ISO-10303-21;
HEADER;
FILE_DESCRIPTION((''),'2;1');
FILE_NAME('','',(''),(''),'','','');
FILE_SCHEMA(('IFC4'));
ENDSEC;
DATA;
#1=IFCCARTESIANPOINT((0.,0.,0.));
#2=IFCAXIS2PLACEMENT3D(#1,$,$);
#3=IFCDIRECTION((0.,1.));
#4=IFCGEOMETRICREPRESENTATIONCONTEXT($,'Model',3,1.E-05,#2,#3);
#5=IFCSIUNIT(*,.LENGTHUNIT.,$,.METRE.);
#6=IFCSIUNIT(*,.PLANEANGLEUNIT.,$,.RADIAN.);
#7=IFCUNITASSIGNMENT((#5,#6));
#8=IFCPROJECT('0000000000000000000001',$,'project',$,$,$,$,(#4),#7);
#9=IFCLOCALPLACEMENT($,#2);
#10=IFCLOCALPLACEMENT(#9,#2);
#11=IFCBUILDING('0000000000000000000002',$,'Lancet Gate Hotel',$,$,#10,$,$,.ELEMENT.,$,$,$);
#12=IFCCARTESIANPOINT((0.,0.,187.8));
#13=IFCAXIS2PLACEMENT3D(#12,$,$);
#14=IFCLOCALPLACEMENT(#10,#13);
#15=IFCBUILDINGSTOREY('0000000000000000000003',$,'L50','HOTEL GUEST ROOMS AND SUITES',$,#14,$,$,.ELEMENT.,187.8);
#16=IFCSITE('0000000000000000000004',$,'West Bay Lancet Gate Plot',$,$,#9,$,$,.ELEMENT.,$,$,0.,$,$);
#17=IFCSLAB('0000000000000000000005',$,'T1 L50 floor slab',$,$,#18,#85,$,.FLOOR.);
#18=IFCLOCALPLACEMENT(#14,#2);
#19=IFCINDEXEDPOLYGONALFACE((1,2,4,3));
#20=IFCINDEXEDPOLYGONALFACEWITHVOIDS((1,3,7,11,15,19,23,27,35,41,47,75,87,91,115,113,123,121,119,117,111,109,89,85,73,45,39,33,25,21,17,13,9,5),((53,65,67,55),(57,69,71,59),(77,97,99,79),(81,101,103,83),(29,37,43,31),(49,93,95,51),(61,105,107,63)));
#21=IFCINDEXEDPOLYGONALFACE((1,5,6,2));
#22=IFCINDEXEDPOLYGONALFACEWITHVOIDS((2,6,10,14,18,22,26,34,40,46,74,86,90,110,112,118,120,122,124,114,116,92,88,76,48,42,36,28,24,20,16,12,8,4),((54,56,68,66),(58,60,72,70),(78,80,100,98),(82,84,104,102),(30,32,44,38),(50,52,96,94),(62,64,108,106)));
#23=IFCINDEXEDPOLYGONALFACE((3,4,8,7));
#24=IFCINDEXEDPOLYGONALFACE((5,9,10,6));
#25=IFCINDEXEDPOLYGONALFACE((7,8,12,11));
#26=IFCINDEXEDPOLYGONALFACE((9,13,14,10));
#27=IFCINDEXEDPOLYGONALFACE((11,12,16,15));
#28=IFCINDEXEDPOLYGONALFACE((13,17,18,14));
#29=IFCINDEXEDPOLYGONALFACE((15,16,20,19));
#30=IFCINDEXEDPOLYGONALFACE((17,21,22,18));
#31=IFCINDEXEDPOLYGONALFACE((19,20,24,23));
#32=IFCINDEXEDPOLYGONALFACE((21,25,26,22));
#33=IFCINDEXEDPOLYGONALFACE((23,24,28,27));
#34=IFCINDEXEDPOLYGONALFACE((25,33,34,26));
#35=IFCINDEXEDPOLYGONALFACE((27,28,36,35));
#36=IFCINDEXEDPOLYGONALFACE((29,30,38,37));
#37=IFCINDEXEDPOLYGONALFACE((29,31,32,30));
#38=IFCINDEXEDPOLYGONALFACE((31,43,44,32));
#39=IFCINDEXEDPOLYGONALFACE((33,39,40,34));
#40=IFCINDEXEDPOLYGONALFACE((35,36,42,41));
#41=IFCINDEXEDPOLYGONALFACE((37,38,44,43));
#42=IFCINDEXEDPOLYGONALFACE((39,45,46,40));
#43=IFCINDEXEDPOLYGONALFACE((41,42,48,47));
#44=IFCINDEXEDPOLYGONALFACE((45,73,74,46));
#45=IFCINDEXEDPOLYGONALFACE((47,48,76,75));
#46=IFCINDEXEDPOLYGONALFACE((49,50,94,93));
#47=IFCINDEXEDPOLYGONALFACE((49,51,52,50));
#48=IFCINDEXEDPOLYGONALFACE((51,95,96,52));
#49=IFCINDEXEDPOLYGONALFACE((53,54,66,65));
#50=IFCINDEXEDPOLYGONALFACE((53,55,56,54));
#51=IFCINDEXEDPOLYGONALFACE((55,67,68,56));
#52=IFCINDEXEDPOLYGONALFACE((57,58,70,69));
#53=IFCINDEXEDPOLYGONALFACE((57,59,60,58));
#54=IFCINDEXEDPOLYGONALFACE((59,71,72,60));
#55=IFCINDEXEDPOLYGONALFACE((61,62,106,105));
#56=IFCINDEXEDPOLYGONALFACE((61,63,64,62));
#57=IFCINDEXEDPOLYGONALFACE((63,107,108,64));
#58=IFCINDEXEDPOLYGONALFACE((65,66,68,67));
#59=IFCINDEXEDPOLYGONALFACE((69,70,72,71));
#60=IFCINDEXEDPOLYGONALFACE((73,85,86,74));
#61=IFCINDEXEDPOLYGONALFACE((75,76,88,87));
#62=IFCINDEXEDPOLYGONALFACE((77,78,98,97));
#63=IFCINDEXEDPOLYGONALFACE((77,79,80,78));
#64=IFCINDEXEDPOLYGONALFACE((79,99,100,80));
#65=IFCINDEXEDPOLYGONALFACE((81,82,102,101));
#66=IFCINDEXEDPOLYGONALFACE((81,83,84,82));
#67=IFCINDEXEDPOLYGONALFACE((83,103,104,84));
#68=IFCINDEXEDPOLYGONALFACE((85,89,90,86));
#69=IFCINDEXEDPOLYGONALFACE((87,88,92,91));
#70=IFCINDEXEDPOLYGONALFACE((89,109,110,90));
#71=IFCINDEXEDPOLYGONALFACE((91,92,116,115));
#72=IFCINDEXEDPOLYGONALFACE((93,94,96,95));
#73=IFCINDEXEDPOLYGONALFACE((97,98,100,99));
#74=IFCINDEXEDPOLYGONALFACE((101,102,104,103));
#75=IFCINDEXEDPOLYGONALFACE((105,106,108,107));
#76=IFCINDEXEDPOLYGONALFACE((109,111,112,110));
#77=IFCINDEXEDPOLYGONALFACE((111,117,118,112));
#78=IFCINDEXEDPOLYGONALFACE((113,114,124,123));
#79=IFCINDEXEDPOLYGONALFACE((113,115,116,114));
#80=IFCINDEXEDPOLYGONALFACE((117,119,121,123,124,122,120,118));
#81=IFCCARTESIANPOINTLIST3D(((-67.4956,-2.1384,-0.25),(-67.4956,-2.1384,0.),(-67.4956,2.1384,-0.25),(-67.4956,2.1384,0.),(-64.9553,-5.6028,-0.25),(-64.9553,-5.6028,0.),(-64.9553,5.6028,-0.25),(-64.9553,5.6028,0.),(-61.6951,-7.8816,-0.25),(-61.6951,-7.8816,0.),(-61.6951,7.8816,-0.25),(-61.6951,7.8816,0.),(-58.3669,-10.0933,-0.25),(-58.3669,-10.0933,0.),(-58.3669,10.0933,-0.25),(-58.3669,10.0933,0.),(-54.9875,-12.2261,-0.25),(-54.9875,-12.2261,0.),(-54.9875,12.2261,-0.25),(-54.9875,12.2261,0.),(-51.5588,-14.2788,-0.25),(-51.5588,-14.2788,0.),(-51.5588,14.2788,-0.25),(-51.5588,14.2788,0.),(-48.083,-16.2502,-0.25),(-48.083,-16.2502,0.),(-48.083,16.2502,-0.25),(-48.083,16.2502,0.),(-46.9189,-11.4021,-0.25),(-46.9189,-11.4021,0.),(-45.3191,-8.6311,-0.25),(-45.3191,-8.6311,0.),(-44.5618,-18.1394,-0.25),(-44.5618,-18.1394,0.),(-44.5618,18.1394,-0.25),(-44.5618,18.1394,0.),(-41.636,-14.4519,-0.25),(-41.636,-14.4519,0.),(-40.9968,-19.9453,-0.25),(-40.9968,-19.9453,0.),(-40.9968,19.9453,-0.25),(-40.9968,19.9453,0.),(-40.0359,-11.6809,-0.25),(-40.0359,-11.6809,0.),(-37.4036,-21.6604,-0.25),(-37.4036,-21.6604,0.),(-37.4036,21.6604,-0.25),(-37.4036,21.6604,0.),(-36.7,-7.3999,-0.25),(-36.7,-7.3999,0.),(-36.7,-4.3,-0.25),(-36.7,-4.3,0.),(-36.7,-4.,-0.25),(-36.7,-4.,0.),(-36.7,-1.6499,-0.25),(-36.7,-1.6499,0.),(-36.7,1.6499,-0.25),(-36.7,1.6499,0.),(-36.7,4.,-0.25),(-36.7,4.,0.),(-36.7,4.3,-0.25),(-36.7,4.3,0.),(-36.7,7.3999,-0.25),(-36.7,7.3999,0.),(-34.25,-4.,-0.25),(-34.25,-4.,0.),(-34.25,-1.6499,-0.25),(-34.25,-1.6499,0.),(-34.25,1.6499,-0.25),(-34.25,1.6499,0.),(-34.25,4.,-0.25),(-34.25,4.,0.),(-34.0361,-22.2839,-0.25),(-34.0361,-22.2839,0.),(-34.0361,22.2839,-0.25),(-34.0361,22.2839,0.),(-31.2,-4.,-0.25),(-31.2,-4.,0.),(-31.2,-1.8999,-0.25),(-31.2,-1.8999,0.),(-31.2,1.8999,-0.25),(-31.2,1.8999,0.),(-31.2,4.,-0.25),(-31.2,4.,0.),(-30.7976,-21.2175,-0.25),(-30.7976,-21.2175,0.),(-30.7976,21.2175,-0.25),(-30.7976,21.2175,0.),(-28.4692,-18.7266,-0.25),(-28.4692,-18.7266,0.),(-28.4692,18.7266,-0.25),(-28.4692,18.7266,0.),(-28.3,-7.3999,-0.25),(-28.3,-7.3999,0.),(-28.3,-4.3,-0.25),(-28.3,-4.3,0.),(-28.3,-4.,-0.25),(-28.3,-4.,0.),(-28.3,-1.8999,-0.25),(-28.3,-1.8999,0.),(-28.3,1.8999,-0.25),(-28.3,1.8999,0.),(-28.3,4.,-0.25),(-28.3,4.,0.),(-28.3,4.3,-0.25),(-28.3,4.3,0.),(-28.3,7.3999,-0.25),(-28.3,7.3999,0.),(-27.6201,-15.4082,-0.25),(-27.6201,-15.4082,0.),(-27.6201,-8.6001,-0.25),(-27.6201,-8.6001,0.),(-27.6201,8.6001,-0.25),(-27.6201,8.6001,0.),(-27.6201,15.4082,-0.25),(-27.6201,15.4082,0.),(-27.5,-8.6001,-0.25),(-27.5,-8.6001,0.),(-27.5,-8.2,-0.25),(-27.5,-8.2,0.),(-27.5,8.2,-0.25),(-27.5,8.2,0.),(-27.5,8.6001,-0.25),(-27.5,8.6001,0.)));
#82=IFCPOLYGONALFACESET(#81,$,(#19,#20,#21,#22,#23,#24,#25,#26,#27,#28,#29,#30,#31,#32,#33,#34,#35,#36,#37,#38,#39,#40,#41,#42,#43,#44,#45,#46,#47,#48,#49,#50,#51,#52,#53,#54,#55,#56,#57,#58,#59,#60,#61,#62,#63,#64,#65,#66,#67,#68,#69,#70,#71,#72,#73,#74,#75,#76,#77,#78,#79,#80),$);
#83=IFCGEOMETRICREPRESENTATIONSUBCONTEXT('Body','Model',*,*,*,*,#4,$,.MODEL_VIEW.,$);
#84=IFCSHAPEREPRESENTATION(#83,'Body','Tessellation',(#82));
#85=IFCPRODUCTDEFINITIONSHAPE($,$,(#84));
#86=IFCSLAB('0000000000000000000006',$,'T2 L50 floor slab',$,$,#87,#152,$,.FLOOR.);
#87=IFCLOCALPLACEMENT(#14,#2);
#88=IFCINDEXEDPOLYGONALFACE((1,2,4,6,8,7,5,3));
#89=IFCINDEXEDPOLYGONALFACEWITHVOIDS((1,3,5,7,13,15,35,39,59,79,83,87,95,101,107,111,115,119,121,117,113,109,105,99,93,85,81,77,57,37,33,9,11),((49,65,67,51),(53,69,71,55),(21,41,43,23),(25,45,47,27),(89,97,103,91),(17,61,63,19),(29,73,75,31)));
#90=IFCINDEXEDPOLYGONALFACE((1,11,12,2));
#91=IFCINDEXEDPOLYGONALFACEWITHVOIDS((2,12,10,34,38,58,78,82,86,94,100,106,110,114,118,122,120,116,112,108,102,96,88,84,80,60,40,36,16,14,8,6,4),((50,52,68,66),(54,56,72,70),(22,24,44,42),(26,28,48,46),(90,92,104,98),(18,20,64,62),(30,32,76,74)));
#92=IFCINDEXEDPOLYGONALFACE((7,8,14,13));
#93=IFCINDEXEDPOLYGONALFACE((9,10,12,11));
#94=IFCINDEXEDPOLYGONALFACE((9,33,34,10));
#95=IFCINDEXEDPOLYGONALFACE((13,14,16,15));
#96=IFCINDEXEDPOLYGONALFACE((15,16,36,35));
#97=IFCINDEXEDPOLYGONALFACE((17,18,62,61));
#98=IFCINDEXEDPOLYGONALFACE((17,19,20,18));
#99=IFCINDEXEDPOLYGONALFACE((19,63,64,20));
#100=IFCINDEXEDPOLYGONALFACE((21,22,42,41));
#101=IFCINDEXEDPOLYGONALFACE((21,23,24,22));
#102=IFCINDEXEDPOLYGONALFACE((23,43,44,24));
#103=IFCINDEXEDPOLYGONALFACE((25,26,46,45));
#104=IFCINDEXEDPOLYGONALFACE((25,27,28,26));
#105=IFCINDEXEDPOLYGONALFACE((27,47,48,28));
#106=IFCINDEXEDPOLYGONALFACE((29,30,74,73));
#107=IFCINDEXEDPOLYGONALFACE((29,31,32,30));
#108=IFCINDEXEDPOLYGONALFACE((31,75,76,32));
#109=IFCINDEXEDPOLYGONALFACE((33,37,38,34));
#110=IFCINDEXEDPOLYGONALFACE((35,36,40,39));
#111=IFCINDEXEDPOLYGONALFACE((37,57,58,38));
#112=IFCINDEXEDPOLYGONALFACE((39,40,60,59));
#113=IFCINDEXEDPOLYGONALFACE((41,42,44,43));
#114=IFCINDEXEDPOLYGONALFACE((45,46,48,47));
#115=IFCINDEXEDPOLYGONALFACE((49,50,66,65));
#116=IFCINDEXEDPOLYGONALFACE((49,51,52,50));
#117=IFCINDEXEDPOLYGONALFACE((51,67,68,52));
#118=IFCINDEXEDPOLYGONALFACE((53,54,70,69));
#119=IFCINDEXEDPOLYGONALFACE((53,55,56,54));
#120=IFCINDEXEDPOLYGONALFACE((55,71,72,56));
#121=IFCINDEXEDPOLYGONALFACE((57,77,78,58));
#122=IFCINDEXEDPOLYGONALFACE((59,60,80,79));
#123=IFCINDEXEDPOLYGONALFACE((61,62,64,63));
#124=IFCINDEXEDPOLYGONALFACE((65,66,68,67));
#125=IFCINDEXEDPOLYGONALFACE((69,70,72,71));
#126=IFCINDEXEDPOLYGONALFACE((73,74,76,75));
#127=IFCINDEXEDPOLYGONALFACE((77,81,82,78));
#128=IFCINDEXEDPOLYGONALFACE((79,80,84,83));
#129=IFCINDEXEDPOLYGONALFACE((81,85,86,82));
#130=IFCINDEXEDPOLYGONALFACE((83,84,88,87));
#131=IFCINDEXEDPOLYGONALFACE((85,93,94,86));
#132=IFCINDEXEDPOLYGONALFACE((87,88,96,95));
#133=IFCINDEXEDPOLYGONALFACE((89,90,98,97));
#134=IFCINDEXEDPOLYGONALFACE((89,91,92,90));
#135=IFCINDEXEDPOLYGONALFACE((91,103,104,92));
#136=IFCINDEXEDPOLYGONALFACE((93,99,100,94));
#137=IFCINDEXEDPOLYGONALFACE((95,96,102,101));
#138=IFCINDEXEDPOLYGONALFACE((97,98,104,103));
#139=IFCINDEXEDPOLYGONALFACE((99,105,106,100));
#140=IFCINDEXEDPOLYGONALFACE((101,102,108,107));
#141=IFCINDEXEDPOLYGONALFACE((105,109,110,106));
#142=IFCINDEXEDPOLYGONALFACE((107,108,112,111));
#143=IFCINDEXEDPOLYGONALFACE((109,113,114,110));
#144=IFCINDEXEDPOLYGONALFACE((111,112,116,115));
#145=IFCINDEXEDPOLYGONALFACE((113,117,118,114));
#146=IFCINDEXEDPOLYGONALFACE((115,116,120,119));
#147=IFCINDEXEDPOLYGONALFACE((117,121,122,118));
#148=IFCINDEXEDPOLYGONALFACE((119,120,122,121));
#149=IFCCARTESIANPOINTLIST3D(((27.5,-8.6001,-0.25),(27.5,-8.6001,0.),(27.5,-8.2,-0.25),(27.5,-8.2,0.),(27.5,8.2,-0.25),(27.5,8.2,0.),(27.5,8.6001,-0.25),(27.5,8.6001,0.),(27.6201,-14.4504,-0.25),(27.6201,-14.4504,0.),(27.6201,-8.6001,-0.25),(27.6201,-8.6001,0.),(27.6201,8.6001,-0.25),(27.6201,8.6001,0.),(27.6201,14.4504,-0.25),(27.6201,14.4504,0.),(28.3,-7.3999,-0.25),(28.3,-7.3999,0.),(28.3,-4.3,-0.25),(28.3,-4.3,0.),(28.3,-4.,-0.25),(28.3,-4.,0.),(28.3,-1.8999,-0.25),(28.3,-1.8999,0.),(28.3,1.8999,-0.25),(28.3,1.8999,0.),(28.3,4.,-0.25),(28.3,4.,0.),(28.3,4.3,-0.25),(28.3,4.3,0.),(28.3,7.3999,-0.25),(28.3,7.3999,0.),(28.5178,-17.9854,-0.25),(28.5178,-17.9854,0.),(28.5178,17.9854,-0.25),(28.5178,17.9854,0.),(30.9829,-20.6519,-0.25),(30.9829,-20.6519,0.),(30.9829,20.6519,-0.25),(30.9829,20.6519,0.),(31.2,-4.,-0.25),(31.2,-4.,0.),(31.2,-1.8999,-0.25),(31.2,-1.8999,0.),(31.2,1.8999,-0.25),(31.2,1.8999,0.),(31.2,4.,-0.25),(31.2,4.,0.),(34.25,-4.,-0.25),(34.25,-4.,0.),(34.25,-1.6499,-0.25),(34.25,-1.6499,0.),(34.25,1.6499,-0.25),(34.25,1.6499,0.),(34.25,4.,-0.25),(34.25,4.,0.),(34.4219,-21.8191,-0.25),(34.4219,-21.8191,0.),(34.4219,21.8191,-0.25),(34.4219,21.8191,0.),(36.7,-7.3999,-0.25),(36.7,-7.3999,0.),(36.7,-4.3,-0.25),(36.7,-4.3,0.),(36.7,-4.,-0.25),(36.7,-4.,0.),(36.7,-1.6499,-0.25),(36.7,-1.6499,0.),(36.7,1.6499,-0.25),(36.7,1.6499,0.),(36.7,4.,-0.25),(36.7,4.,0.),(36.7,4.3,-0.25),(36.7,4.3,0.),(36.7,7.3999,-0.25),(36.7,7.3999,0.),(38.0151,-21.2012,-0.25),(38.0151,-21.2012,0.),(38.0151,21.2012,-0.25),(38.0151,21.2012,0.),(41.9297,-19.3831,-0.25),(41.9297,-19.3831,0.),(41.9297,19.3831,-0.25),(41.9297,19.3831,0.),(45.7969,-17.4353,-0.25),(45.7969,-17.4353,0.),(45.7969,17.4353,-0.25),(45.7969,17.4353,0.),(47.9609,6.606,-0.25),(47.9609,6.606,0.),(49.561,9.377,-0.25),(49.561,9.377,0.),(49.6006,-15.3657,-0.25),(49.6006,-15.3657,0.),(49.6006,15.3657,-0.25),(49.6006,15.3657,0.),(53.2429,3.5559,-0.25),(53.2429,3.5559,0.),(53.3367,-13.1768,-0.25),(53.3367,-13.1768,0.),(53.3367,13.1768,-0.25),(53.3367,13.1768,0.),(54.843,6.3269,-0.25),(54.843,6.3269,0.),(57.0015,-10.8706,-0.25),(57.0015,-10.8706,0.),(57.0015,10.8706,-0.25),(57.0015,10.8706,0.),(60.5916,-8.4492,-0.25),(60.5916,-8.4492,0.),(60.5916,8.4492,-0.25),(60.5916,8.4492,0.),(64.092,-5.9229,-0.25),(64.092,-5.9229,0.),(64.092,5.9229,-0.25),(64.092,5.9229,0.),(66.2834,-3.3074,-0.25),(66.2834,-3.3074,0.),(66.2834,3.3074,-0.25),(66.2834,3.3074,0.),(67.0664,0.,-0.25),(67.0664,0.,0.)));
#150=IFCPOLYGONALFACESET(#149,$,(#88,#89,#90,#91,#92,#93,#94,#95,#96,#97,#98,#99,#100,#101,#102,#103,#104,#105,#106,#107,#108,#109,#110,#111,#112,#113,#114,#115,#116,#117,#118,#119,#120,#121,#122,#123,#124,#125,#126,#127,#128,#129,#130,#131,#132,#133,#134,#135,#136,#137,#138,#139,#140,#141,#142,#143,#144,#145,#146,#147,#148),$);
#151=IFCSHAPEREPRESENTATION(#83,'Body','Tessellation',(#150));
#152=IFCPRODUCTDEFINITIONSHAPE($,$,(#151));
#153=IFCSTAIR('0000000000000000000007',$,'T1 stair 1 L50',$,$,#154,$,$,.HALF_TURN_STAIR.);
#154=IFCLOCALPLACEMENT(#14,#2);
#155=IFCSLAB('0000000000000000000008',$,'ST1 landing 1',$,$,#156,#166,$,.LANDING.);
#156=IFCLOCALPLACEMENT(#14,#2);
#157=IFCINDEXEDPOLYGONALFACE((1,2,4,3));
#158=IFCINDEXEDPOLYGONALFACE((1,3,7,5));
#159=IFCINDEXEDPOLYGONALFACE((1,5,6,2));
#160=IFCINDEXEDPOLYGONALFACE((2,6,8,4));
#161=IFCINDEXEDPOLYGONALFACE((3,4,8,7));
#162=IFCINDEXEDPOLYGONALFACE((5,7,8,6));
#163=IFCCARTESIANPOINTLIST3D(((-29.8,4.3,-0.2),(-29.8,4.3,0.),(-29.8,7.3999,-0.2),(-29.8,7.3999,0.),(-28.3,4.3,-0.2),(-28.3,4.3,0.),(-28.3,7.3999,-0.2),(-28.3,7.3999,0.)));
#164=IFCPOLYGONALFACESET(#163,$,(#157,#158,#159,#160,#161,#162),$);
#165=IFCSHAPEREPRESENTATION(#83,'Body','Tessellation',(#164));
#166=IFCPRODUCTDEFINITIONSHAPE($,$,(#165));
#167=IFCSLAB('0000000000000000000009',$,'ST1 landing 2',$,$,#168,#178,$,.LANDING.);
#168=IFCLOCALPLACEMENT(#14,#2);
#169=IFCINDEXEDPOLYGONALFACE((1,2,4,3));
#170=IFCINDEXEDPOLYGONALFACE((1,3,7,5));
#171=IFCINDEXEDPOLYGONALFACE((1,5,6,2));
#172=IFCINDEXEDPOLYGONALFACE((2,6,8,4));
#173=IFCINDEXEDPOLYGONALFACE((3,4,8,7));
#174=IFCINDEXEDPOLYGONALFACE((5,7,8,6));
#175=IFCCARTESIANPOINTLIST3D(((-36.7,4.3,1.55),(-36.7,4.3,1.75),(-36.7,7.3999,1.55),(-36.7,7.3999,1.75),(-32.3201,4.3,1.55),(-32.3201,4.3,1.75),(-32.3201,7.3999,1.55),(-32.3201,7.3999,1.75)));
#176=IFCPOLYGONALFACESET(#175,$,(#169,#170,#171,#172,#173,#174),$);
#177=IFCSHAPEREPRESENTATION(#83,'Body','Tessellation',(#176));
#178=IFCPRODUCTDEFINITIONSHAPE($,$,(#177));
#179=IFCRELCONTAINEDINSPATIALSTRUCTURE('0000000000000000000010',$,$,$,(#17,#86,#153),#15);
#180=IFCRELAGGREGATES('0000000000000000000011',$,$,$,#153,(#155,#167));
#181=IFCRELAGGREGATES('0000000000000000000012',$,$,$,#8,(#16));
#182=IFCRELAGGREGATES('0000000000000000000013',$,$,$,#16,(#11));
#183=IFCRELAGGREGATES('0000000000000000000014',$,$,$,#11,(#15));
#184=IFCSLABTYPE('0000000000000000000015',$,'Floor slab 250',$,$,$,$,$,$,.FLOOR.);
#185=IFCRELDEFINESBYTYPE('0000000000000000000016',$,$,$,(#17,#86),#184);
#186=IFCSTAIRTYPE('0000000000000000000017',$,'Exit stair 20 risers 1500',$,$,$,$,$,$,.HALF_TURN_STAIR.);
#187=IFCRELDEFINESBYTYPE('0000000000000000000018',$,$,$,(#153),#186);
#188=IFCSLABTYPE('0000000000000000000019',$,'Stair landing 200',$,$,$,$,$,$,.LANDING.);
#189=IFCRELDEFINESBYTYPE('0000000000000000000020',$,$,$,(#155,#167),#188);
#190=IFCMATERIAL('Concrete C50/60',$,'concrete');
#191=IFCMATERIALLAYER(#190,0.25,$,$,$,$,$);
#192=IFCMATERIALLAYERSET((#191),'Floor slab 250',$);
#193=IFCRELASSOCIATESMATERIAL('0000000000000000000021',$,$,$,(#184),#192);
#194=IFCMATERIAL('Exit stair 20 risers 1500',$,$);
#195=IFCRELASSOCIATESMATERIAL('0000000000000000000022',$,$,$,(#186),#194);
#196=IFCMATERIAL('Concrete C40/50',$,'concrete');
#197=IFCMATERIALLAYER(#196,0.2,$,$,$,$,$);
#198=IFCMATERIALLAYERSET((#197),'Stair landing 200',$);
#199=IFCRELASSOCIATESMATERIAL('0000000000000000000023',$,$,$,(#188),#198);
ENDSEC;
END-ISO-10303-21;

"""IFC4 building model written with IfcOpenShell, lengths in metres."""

from ifc_helpers import new_model, si_unit, direction, frame, origin, place, context, subcontext, project, spatial, polyline, outline, extrude, material, layer, layer_set, type_object, element, aggregate, save


model = new_model("IFC4")

# Units and contexts
model_context = context("Model", 3, precision=1e-05, world=origin(), true_north=direction((0.0, 1.0)))
body_context = subcontext(model_context, "Body", "Model", "MODEL_VIEW")
ifc_project = project(units=[si_unit("LENGTHUNIT", "METRE"), si_unit("PLANEANGLEUNIT", "RADIAN")], contexts=[model_context])

# Site, building, storey
site_placement = place(None, origin())
site = spatial("IfcSite", under=ifc_project, at=site_placement, Name="West Bay Lancet Gate Plot", CompositionType="ELEMENT", RefElevation=0.0)
building_placement = place(site_placement, origin())
building = spatial("IfcBuilding", under=site, at=building_placement, Name="Lancet Gate Hotel", CompositionType="ELEMENT")
storey_placement = place(building_placement, frame((0.0, 0.0, 187.8)))
storey = spatial("IfcBuildingStorey", under=building, at=storey_placement, Name="L50", Description="HOTEL GUEST ROOMS AND SUITES", CompositionType="ELEMENT", Elevation=187.8)

# Slabs
ifc_material_1 = material(Name="Concrete C50/60", Category="concrete")
ifc_layer_1 = layer(ifc_material_1, 0.25)
ifc_layer_set_1 = layer_set([ifc_layer_1], Name="Floor slab 250")
slab_type_1 = type_object("IfcSlabType", Name="Floor slab 250", PredefinedType="FLOOR", material=ifc_layer_set_1)
slab_1_placement = place(storey_placement, frame((0.0, 0.0, -0.25)))
element("IfcSlab", 1, at=slab_1_placement, inside=storey, type_object=slab_type_1, Name="T1 L50 floor slab", PredefinedType="FLOOR", context=body_context, shape_type="SweptSolid", body=[
    extrude(outline(polyline([(-27.5, 8.6001), (-27.6201, 8.6001), (-27.6201, 15.4082), (-28.4692, 18.7266), (-30.7976, 21.2175), (-34.0361, 22.2839), (-37.4036, 21.6604), (-40.9968, 19.9453), (-44.5618, 18.1394), (-48.083, 16.2502), (-51.5588, 14.2788), (-54.9875, 12.2261), (-58.3669, 10.0933), (-61.6951, 7.8816), (-64.9553, 5.6028), (-67.4956, 2.1384), (-67.4956, -2.1384), (-64.9553, -5.6028), (-61.6951, -7.8816), (-58.3669, -10.0933), (-54.9875, -12.2261), (-51.5588, -14.2788), (-48.083, -16.2502), (-44.5618, -18.1394), (-40.9968, -19.9453), (-37.4036, -21.6604), (-34.0361, -22.2839), (-30.7976, -21.2175), (-28.4692, -18.7266), (-27.6201, -15.4082), (-27.6201, -8.6001), (-27.5, -8.6001), (-27.5, -8.2), (-27.5, 8.2), (-27.5, 8.6001)]), holes=[polyline([(-36.7, 7.3999), (-36.7, 4.3), (-28.3, 4.3), (-28.3, 7.3999), (-36.7, 7.3999)]), polyline([(-28.3, 4.0), (-31.2, 4.0), (-31.2, 1.8999), (-28.3, 1.8999), (-28.3, 4.0)]), polyline([(-34.25, 4.0), (-36.7, 4.0), (-36.7, 1.6499), (-34.25, 1.6499), (-34.25, 4.0)]), polyline([(-36.7, -1.6499), (-36.7, -4.0), (-34.25, -4.0), (-34.25, -1.6499), (-36.7, -1.6499)]), polyline([(-28.3, -1.8999), (-31.2, -1.8999), (-31.2, -4.0), (-28.3, -4.0), (-28.3, -1.8999)]), polyline([(-28.3, -4.3), (-36.7, -4.3), (-36.7, -7.3999), (-28.3, -7.3999), (-28.3, -4.3)]), polyline([(-45.3191, -8.6311), (-46.9189, -11.4021), (-41.636, -14.4519), (-40.0359, -11.6809), (-45.3191, -8.6311)])]), origin(), (0.0, 0.0, 1.0), 0.25),
])
slab_2_placement = place(storey_placement, frame((0.0, 0.0, -0.25)))
element("IfcSlab", 2, at=slab_2_placement, inside=storey, type_object=slab_type_1, Name="T2 L50 floor slab", PredefinedType="FLOOR", context=body_context, shape_type="SweptSolid", body=[
    extrude(outline(polyline([(27.5, -8.6001), (27.6201, -8.6001), (27.6201, -14.4504), (28.5178, -17.9854), (30.9829, -20.6519), (34.4219, -21.8191), (38.0151, -21.2012), (41.9297, -19.3831), (45.7969, -17.4353), (49.6006, -15.3657), (53.3367, -13.1768), (57.0015, -10.8706), (60.5916, -8.4492), (64.092, -5.9229), (66.2834, -3.3074), (67.0664, 0.0), (66.2834, 3.3074), (64.092, 5.9229), (60.5916, 8.4492), (57.0015, 10.8706), (53.3367, 13.1768), (49.6006, 15.3657), (45.7969, 17.4353), (41.9297, 19.3831), (38.0151, 21.2012), (34.4219, 21.8191), (30.9829, 20.6519), (28.5178, 17.9854), (27.6201, 14.4504), (27.6201, 8.6001), (27.5, 8.6001), (27.5, 8.2), (27.5, -8.2), (27.5, -8.6001)]), holes=[polyline([(36.7, -7.3999), (36.7, -4.3), (28.3, -4.3), (28.3, -7.3999), (36.7, -7.3999)]), polyline([(28.3, -4.0), (31.2, -4.0), (31.2, -1.8999), (28.3, -1.8999), (28.3, -4.0)]), polyline([(34.25, -4.0), (36.7, -4.0), (36.7, -1.6499), (34.25, -1.6499), (34.25, -4.0)]), polyline([(36.7, 1.6499), (36.7, 4.0), (34.25, 4.0), (34.25, 1.6499), (36.7, 1.6499)]), polyline([(28.3, 1.8999), (31.2, 1.8999), (31.2, 4.0), (28.3, 4.0), (28.3, 1.8999)]), polyline([(28.3, 4.3), (36.7, 4.3), (36.7, 7.3999), (28.3, 7.3999), (28.3, 4.3)]), polyline([(53.2429, 3.5559), (54.843, 6.3269), (49.561, 9.377), (47.9609, 6.606), (53.2429, 3.5559)])]), origin(), (0.0, 0.0, 1.0), 0.25),
])

# Stair, slabs
ifc_material_2 = material(Name="Exit stair 20 risers 1500")
stair_type = type_object("IfcStairType", Name="Exit stair 20 risers 1500", PredefinedType="HALF_TURN_STAIR", material=ifc_material_2)
stair_1_placement = place(storey_placement, origin())
stair_1 = element("IfcStair", 3, at=stair_1_placement, inside=storey, type_object=stair_type, Name="T1 stair 1 L50", PredefinedType="HALF_TURN_STAIR")
ifc_material_3 = material(Name="Concrete C40/50", Category="concrete")
ifc_layer_2 = layer(ifc_material_3, 0.2)
ifc_layer_set_2 = layer_set([ifc_layer_2], Name="Stair landing 200")
slab_type_2 = type_object("IfcSlabType", Name="Stair landing 200", PredefinedType="LANDING", material=ifc_layer_set_2)
slab_3_placement = place(storey_placement, frame((0.0, 0.0, -0.2)))
slab_3 = element("IfcSlab", 4, at=slab_3_placement, type_object=slab_type_2, Name="ST1 landing 1", PredefinedType="LANDING", context=body_context, shape_type="SweptSolid", body=[
    extrude(outline(polyline([(-28.3, 7.3999), (-29.8, 7.3999), (-29.8, 4.3), (-28.3, 4.3), (-28.3, 7.3999)])), origin(), (0.0, 0.0, 1.0), 0.2),
])
slab_4_placement = place(storey_placement, frame((0.0, 0.0, 1.55)))
slab_4 = element("IfcSlab", 5, at=slab_4_placement, type_object=slab_type_2, Name="ST1 landing 2", PredefinedType="LANDING", context=body_context, shape_type="SweptSolid", body=[
    extrude(outline(polyline([(-32.3201, 7.3999), (-36.7, 7.3999), (-36.7, 4.3), (-32.3201, 4.3), (-32.3201, 7.3999)])), origin(), (0.0, 0.0, 1.0), 0.2),
])
aggregate(stair_1, [slab_3, slab_4])

save(model, "model.ifc")
